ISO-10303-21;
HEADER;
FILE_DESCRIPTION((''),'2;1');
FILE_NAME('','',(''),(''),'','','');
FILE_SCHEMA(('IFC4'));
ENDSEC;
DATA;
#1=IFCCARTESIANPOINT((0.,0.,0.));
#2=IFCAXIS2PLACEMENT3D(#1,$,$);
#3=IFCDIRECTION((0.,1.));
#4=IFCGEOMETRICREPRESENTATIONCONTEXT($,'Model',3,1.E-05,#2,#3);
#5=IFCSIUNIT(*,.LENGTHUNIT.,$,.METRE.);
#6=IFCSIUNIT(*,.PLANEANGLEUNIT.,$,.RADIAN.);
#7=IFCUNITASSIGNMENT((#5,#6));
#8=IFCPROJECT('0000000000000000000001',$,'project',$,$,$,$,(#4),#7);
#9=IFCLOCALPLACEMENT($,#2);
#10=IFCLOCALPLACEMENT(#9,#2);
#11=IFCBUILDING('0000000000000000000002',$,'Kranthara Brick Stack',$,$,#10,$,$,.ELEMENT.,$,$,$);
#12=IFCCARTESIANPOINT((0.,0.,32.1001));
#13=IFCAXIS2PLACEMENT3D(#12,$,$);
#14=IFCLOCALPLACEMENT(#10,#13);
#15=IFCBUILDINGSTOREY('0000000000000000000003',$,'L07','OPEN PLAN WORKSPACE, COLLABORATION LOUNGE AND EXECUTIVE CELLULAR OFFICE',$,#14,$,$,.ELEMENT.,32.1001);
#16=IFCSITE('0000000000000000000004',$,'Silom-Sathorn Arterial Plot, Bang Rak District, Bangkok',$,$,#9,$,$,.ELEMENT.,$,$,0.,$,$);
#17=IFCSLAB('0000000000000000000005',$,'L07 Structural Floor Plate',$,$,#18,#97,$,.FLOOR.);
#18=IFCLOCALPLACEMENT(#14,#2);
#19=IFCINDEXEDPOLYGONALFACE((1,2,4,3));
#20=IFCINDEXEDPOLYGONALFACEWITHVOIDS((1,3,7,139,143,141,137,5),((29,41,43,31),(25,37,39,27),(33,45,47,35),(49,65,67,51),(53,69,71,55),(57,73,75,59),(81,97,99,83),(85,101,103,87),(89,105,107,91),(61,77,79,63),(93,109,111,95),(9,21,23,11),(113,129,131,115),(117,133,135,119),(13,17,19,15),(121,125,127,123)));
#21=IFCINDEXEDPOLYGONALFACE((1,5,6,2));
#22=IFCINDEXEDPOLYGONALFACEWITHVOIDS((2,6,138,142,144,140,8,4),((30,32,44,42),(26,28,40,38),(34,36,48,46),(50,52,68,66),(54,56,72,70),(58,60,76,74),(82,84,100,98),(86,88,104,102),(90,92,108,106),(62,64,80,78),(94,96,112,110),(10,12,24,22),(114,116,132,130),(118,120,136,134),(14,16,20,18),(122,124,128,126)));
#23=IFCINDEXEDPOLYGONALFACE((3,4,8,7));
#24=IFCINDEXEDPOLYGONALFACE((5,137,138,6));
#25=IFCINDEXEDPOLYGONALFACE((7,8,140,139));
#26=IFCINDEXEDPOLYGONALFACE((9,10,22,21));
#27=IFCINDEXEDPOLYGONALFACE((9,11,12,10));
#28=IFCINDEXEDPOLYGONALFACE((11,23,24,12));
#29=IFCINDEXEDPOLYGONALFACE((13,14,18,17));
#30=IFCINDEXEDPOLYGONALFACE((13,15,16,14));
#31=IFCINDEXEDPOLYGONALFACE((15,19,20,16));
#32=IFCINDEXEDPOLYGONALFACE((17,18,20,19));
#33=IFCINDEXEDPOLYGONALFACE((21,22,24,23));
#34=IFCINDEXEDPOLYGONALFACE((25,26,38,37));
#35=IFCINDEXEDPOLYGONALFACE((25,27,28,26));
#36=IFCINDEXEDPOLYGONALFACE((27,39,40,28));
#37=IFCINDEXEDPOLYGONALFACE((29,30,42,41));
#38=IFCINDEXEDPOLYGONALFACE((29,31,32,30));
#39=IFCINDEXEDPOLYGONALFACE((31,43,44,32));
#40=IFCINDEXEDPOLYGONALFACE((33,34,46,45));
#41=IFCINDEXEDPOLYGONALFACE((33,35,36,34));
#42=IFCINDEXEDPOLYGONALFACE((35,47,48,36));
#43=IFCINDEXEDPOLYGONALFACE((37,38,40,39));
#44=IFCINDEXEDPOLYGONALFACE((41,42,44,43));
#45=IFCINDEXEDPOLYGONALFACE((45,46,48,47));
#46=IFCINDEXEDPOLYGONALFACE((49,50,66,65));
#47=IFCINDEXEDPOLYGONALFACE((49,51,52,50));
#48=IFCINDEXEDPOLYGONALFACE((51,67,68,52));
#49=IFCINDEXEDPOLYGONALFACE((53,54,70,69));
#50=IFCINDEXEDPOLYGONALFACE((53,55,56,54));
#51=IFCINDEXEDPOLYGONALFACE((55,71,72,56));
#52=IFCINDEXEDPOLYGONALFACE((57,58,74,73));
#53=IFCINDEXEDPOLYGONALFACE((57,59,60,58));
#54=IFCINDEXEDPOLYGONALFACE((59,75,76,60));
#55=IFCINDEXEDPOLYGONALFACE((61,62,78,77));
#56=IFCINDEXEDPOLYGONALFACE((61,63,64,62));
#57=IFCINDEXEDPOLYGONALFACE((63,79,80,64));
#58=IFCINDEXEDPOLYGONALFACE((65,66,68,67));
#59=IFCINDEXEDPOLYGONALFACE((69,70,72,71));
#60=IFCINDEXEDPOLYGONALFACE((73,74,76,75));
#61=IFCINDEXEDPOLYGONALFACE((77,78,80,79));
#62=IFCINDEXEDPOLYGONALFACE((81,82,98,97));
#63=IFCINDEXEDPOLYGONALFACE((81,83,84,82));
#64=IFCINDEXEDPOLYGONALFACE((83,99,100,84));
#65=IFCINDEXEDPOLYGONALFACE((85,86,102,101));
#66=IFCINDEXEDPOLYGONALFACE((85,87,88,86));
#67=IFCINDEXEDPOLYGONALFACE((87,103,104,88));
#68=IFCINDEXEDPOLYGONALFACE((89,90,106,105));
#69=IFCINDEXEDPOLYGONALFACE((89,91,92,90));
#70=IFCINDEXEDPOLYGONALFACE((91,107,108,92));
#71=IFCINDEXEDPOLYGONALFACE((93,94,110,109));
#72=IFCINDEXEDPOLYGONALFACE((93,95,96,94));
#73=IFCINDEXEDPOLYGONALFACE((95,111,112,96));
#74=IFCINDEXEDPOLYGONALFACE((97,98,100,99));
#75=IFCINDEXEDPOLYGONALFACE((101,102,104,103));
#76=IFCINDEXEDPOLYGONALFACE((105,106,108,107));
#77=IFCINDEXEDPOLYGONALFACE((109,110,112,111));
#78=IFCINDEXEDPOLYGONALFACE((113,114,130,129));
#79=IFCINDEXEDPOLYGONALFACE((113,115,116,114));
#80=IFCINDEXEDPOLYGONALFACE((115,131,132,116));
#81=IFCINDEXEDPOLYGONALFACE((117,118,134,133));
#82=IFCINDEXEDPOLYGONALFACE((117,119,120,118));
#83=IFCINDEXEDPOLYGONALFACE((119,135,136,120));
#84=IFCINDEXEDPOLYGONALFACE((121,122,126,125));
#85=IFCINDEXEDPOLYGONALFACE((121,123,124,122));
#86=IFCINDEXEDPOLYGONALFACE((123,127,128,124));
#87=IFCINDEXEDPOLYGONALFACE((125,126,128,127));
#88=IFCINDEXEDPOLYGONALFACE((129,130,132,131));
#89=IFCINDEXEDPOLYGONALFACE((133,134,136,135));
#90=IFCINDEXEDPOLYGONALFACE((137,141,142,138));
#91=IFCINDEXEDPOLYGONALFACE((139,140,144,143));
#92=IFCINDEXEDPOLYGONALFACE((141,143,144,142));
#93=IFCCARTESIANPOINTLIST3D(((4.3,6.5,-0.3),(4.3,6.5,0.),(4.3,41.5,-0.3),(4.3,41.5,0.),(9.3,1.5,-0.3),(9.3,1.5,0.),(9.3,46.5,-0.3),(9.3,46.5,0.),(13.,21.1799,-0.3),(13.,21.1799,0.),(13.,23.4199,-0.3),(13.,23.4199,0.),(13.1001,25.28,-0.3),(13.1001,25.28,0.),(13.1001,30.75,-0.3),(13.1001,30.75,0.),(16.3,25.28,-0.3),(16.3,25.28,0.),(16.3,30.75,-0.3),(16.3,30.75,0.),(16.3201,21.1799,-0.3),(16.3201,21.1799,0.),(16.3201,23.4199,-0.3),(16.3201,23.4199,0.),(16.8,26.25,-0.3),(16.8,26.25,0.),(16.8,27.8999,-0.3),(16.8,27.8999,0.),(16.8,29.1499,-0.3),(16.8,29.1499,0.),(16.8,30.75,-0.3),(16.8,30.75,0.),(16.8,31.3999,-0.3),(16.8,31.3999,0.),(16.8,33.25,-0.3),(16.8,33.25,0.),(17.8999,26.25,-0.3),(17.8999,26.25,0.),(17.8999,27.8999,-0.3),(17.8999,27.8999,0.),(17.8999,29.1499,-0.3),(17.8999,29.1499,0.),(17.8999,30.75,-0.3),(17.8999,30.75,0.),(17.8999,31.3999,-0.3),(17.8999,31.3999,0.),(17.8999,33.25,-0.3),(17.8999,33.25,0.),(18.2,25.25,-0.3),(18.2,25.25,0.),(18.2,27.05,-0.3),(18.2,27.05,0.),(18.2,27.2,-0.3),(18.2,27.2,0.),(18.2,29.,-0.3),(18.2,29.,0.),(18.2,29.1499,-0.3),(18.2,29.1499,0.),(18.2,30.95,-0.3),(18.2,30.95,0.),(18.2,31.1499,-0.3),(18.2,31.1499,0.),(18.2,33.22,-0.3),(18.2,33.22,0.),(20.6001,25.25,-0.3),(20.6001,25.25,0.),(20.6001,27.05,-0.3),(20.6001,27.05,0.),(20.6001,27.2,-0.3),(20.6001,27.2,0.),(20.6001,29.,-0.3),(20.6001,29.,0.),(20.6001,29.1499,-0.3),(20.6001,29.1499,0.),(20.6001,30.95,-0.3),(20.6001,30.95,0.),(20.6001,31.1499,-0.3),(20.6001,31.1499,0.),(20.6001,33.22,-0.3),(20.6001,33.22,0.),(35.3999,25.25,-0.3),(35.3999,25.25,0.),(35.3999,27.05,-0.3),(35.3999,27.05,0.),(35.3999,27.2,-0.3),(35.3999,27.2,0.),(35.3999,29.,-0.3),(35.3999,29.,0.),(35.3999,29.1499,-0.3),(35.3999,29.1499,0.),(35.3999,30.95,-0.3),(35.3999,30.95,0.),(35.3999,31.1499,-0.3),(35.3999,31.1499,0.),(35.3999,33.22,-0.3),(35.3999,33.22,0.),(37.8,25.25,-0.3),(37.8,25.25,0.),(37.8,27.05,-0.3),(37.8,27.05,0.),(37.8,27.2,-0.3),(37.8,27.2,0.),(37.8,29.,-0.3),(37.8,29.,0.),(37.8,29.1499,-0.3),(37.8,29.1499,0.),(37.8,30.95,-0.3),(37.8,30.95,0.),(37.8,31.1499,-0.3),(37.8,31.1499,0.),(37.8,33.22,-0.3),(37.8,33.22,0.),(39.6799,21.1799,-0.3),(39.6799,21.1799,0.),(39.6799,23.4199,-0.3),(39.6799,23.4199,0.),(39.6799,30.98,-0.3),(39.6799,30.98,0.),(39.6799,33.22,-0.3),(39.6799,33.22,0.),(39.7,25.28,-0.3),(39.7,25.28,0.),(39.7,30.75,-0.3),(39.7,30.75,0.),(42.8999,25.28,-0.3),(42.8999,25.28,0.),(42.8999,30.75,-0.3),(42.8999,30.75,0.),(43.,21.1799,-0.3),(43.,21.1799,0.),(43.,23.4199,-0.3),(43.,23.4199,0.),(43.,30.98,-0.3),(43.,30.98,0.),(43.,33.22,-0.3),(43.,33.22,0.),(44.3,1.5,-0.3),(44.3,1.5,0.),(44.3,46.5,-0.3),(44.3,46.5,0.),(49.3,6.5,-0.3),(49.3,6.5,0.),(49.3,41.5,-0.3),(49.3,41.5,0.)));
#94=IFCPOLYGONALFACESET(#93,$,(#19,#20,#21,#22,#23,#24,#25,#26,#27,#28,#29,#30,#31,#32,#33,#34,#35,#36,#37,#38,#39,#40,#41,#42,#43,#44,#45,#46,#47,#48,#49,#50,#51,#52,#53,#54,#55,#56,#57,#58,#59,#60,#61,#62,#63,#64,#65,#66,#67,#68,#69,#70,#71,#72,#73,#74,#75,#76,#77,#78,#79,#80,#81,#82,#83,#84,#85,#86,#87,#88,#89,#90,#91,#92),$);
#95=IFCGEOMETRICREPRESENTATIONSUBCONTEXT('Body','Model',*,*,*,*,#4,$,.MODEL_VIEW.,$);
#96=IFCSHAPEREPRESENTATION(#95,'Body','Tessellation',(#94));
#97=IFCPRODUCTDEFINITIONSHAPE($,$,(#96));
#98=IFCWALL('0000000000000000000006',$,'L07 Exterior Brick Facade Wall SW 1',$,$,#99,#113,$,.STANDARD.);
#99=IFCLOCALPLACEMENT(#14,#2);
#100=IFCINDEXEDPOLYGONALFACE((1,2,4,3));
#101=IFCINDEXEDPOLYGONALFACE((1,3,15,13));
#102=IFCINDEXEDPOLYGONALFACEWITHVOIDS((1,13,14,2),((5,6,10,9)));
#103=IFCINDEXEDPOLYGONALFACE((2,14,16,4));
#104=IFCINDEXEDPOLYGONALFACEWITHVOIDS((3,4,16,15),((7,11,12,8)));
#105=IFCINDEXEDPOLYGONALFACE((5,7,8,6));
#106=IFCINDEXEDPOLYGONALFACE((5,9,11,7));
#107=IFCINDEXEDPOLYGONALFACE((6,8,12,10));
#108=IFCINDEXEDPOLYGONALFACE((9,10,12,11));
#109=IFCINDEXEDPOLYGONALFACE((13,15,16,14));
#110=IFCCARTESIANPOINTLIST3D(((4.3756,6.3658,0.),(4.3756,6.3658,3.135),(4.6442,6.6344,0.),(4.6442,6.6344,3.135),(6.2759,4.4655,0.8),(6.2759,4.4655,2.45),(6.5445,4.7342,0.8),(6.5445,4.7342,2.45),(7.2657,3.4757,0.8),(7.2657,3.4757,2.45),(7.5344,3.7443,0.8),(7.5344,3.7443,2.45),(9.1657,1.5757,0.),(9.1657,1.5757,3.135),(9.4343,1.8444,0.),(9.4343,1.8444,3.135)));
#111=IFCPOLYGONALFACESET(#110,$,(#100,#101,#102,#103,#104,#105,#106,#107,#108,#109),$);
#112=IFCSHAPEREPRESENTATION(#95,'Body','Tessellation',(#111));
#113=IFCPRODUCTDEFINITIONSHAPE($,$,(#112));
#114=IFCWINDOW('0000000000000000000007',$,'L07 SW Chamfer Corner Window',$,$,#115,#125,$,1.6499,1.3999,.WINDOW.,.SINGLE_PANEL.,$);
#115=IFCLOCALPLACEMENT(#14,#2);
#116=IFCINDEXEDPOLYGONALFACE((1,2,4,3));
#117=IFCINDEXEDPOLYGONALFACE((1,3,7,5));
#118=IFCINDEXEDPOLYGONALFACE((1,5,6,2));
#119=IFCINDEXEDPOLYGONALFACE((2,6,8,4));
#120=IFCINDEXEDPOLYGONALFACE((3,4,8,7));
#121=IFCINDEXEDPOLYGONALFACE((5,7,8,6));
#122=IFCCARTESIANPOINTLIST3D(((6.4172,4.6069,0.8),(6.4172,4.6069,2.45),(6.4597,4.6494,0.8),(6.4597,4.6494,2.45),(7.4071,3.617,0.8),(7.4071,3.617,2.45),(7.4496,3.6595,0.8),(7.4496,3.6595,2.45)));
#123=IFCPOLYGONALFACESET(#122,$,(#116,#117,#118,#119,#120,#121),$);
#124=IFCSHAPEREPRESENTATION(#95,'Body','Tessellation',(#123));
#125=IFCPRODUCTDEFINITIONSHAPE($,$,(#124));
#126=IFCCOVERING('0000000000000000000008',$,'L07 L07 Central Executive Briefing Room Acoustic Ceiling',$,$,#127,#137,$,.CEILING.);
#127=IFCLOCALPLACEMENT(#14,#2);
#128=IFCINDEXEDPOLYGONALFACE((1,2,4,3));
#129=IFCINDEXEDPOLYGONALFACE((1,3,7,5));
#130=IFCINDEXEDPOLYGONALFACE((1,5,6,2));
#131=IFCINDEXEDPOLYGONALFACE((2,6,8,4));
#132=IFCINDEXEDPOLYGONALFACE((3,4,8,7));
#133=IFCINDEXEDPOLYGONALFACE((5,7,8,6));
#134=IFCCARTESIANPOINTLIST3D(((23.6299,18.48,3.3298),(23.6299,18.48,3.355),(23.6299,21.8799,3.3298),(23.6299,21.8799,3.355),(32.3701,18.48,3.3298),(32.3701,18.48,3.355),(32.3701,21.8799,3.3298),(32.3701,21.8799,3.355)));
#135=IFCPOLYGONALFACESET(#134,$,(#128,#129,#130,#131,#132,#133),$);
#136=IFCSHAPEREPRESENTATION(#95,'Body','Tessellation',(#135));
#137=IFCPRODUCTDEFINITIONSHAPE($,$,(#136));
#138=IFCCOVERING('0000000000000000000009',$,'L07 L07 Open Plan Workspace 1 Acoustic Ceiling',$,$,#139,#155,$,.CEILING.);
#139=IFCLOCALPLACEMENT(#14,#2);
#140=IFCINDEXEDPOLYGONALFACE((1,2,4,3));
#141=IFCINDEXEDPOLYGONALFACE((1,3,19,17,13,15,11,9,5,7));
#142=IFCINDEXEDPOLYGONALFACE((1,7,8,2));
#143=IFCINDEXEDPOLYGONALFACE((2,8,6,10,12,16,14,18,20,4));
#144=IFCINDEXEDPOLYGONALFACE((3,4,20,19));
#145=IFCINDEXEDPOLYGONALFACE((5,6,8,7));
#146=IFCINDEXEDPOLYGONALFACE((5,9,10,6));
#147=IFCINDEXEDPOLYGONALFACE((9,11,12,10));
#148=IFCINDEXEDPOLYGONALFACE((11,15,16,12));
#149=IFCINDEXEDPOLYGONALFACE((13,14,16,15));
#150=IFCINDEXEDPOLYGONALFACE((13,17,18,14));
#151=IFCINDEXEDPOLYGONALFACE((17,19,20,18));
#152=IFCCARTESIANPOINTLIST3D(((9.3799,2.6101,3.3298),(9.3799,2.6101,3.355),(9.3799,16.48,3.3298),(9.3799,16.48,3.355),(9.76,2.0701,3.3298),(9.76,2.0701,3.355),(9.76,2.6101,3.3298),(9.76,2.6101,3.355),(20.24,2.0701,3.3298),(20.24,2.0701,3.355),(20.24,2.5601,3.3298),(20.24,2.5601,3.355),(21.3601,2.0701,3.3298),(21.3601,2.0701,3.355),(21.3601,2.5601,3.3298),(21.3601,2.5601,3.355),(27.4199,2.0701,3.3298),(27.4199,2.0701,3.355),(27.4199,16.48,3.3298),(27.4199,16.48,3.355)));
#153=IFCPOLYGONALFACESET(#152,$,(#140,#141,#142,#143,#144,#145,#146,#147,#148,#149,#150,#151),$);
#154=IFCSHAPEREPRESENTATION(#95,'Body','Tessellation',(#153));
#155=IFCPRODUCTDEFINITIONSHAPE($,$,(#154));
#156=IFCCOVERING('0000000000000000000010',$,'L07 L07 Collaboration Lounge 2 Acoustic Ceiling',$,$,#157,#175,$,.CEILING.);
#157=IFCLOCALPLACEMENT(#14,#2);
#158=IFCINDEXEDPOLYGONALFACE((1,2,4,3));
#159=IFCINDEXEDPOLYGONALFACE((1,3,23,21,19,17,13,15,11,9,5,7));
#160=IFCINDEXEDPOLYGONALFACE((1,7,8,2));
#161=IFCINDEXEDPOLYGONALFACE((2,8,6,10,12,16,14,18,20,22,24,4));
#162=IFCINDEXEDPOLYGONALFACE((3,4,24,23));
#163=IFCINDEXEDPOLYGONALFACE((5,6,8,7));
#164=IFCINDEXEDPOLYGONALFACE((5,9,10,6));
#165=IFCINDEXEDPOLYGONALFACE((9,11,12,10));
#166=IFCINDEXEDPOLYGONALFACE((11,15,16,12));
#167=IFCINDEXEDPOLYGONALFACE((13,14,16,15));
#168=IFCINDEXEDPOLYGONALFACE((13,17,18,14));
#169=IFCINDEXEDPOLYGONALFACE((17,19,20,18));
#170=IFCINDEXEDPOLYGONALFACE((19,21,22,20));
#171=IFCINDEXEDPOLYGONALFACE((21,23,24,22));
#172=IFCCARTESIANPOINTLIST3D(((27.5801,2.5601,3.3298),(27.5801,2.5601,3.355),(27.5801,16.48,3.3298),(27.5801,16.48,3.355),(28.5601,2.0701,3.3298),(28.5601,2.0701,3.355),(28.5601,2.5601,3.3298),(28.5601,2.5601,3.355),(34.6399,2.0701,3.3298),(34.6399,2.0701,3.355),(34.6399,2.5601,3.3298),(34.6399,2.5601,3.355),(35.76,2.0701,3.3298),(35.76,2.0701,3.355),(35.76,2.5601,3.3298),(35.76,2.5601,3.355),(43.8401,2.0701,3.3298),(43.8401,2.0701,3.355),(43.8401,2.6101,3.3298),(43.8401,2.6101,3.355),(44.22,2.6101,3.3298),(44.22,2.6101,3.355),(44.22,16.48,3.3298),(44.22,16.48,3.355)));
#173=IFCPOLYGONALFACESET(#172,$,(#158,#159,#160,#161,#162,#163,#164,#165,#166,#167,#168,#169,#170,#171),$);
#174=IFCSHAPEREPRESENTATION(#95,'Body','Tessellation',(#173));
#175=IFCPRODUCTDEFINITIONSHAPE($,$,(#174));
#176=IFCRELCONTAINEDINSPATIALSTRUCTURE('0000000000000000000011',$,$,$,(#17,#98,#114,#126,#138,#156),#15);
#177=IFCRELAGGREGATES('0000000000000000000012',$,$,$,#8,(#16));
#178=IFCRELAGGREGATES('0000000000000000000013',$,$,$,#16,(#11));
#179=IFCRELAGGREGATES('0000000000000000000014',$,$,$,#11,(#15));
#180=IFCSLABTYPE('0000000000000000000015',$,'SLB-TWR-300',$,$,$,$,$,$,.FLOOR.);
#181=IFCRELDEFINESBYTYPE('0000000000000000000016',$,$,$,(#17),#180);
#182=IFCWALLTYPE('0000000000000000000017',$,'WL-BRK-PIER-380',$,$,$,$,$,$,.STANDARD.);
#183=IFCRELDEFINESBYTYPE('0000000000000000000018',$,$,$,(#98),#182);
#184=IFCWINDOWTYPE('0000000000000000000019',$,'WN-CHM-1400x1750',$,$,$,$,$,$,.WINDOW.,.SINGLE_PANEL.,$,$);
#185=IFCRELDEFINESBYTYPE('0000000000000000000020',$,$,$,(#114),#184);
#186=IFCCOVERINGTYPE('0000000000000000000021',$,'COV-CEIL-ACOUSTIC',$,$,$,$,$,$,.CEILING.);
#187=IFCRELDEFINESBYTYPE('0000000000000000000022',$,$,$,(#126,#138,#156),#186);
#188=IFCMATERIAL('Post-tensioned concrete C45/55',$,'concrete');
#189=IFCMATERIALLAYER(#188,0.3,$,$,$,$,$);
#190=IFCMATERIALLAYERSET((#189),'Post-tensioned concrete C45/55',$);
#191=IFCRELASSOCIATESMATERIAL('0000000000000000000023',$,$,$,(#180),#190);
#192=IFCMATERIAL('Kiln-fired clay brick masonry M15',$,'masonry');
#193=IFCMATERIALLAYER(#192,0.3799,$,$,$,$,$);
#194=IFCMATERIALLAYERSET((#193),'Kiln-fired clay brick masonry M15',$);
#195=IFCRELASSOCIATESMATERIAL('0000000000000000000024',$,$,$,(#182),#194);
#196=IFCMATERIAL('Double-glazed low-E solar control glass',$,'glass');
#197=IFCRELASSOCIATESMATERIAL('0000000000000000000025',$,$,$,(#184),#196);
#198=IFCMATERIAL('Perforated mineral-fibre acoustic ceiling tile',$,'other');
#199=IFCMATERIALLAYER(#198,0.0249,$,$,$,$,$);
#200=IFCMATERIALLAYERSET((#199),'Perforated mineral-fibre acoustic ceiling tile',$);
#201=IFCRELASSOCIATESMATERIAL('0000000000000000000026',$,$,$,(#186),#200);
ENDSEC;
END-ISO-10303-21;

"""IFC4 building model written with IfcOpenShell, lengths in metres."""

from ifc_helpers import new_model, si_unit, direction, frame, frame_2d, origin, place, context, subcontext, project, spatial, polyline, rectangle, outline, extrude, material, layer, layer_set, type_object, element, fill, save


model = new_model("IFC4")

# Units and contexts
model_context = context("Model", 3, precision=1e-05, world=origin(), true_north=direction((0.0, 1.0)))
body_context = subcontext(model_context, "Body", "Model", "MODEL_VIEW")
ifc_project = project(units=[si_unit("LENGTHUNIT", "METRE"), si_unit("PLANEANGLEUNIT", "RADIAN")], contexts=[model_context])

# Site, building, storey
site_placement = place(None, origin())
site = spatial("IfcSite", under=ifc_project, at=site_placement, Name="Silom-Sathorn Arterial Plot, Bang Rak District, Bangkok", CompositionType="ELEMENT", RefElevation=0.0)
building_placement = place(site_placement, origin())
building = spatial("IfcBuilding", under=site, at=building_placement, Name="Kranthara Brick Stack", CompositionType="ELEMENT")
storey_placement = place(building_placement, frame((0.0, 0.0, 32.1001)))
storey = spatial("IfcBuildingStorey", under=building, at=storey_placement, Name="L07", Description="OPEN PLAN WORKSPACE, COLLABORATION LOUNGE AND EXECUTIVE CELLULAR OFFICE", CompositionType="ELEMENT", Elevation=32.1001)

# Slab
ifc_material_1 = material(Name="Post-tensioned concrete C45/55", Category="concrete")
ifc_layer_1 = layer(ifc_material_1, 0.3)
ifc_layer_set_1 = layer_set([ifc_layer_1], Name="Post-tensioned concrete C45/55")
slab_type_1 = type_object("IfcSlabType", Name="SLB-TWR-300", PredefinedType="FLOOR", material=ifc_layer_set_1)
slab_1_placement = place(storey_placement, frame((0.0, 0.0, -0.3)))
element("IfcSlab", 1, at=slab_1_placement, inside=storey, type_object=slab_type_1, Name="L07 Structural Floor Plate", PredefinedType="FLOOR", context=body_context, shape_type="SweptSolid", body=[
    extrude(outline(polyline([(9.3, 1.5), (44.3, 1.5), (49.3, 6.5), (49.3, 41.5), (44.3, 46.5), (9.3, 46.5), (4.3, 41.5), (4.3, 6.5), (9.3, 1.5)]), holes=[polyline([(13.1001, 25.28), (16.3, 25.28), (16.3, 30.75), (13.1001, 30.75), (13.1001, 25.28)]), polyline([(39.7, 25.28), (42.8999, 25.28), (42.8999, 30.75), (39.7, 30.75), (39.7, 25.28)]), polyline([(13.0, 21.1799), (16.3201, 21.1799), (16.3201, 23.4199), (13.0, 23.4199), (13.0, 21.1799)]), polyline([(39.6799, 21.1799), (43.0, 21.1799), (43.0, 23.4199), (39.6799, 23.4199), (39.6799, 21.1799)]), polyline([(39.6799, 30.98), (43.0, 30.98), (43.0, 33.22), (39.6799, 33.22), (39.6799, 30.98)]), polyline([(18.2, 25.25), (20.6001, 25.25), (20.6001, 27.05), (18.2, 27.05), (18.2, 25.25)]), polyline([(18.2, 27.2), (20.6001, 27.2), (20.6001, 29.0), (18.2, 29.0), (18.2, 27.2)]), polyline([(18.2, 29.1499), (20.6001, 29.1499), (20.6001, 30.95), (18.2, 30.95), (18.2, 29.1499)]), polyline([(35.3999, 25.25), (37.8, 25.25), (37.8, 27.05), (35.3999, 27.05), (35.3999, 25.25)]), polyline([(35.3999, 27.2), (37.8, 27.2), (37.8, 29.0), (35.3999, 29.0), (35.3999, 27.2)]), polyline([(35.3999, 29.1499), (37.8, 29.1499), (37.8, 30.95), (35.3999, 30.95), (35.3999, 29.1499)]), polyline([(18.2, 31.1499), (20.6001, 31.1499), (20.6001, 33.22), (18.2, 33.22), (18.2, 31.1499)]), polyline([(35.3999, 31.1499), (37.8, 31.1499), (37.8, 33.22), (35.3999, 33.22), (35.3999, 31.1499)]), polyline([(16.8, 26.25), (17.8999, 26.25), (17.8999, 27.8999), (16.8, 27.8999), (16.8, 26.25)]), polyline([(16.8, 29.1499), (17.8999, 29.1499), (17.8999, 30.75), (16.8, 30.75), (16.8, 29.1499)]), polyline([(16.8, 31.3999), (17.8999, 31.3999), (17.8999, 33.25), (16.8, 33.25), (16.8, 31.3999)])]), origin(), (0.0, 0.0, 1.0), 0.3),
])

# Wall, opening, window
ifc_material_2 = material(Name="Kiln-fired clay brick masonry M15", Category="masonry")
ifc_layer_2 = layer(ifc_material_2, 0.3799)
ifc_layer_set_2 = layer_set([ifc_layer_2], Name="Kiln-fired clay brick masonry M15")
wall_type = type_object("IfcWallType", Name="WL-BRK-PIER-380", PredefinedType="STANDARD", material=ifc_layer_set_2)
wall_placement = place(storey_placement, frame((9.3, 1.71, 0.0), z_axis=(0.0, 0.0, 1.0), x_axis=(-0.707107, 0.707107, 0.0)))
wall = element("IfcWall", 2, at=wall_placement, inside=storey, type_object=wall_type, Name="L07 Exterior Brick Facade Wall SW 1", PredefinedType="STANDARD", context=body_context, shape_type="SweptSolid", body=[
    extrude(rectangle(XDim=6.7742, YDim=0.3799, at=frame_2d((3.3872, 0.0))), origin(), (0.0, 0.0, 1.0), 3.135),
])
opening_placement = place(wall_placement, frame((2.687, 0.0, 0.8)))
opening = element("IfcOpeningElement", 3, at=opening_placement, cuts=wall, PredefinedType="OPENING", context=body_context, shape_type="SweptSolid", body=[
    extrude(rectangle(XDim=1.3999, YDim=1.6499, at=frame_2d((0.7, 0.825))), frame((0.0, 0.2, 0.0), z_axis=(0.0, -1.0, 0.0), x_axis=(1.0, 0.0, 0.0)), (0.0, 0.0, 1.0), 0.3999),
])
ifc_material_3 = material(Name="Double-glazed low-E solar control glass", Category="glass")
window_type = type_object("IfcWindowType", Name="WN-CHM-1400x1750", PartitioningType="SINGLE_PANEL", PredefinedType="WINDOW", material=ifc_material_3)
window_placement = place(opening_placement, origin())
window = element("IfcWindow", 4, at=window_placement, inside=storey, type_object=window_type, Name="L07 SW Chamfer Corner Window", OverallHeight=1.6499, OverallWidth=1.3999, PartitioningType="SINGLE_PANEL", PredefinedType="WINDOW", context=body_context, shape_type="SweptSolid", body=[
    extrude(rectangle(XDim=1.3999, YDim=1.6499, at=frame_2d((0.7, 0.825))), frame((0.0, -0.01, 0.0), z_axis=(0.0, -1.0, 0.0), x_axis=(1.0, 0.0, 0.0)), (0.0, 0.0, 1.0), 0.0601),
])
fill(opening, window)

# Coverings
ifc_material_4 = material(Name="Perforated mineral-fibre acoustic ceiling tile", Category="other")
ifc_layer_3 = layer(ifc_material_4, 0.0249)
ifc_layer_set_3 = layer_set([ifc_layer_3], Name="Perforated mineral-fibre acoustic ceiling tile")
covering_type_1 = type_object("IfcCoveringType", Name="COV-CEIL-ACOUSTIC", PredefinedType="CEILING", material=ifc_layer_set_3)
covering_1_placement = place(storey_placement, frame((0.0, 0.0, 3.3298)))
element("IfcCovering", 5, at=covering_1_placement, inside=storey, type_object=covering_type_1, Name="L07 L07 Central Executive Briefing Room Acoustic Ceiling", PredefinedType="CEILING", context=body_context, shape_type="SweptSolid", body=[
    extrude(outline(polyline([(32.3701, 18.48), (32.3701, 21.8799), (23.6299, 21.8799), (23.6299, 18.48), (32.3701, 18.48)])), origin(), (0.0, 0.0, 1.0), 0.0251),
])
covering_2_placement = place(storey_placement, frame((0.0, 0.0, 3.3298)))
element("IfcCovering", 6, at=covering_2_placement, inside=storey, type_object=covering_type_1, Name="L07 L07 Open Plan Workspace 1 Acoustic Ceiling", PredefinedType="CEILING", context=body_context, shape_type="SweptSolid", body=[
    extrude(outline(polyline([(27.4199, 16.48), (27.4199, 2.0701), (21.3601, 2.0701), (21.3601, 2.5601), (20.24, 2.5601), (20.24, 2.0701), (9.76, 2.0701), (9.76, 2.6101), (9.3799, 2.6101), (9.3799, 16.48), (27.4199, 16.48)])), origin(), (0.0, 0.0, 1.0), 0.0251),
])
covering_3_placement = place(storey_placement, frame((0.0, 0.0, 3.3298)))
element("IfcCovering", 7, at=covering_3_placement, inside=storey, type_object=covering_type_1, Name="L07 L07 Collaboration Lounge 2 Acoustic Ceiling", PredefinedType="CEILING", context=body_context, shape_type="SweptSolid", body=[
    extrude(outline(polyline([(44.22, 2.6101), (43.8401, 2.6101), (43.8401, 2.0701), (35.76, 2.0701), (35.76, 2.5601), (34.6399, 2.5601), (34.6399, 2.0701), (28.5601, 2.0701), (28.5601, 2.5601), (27.5801, 2.5601), (27.5801, 16.48), (44.22, 16.48), (44.22, 2.6101)])), origin(), (0.0, 0.0, 1.0), 0.0251),
])

save(model, "model.ifc")
